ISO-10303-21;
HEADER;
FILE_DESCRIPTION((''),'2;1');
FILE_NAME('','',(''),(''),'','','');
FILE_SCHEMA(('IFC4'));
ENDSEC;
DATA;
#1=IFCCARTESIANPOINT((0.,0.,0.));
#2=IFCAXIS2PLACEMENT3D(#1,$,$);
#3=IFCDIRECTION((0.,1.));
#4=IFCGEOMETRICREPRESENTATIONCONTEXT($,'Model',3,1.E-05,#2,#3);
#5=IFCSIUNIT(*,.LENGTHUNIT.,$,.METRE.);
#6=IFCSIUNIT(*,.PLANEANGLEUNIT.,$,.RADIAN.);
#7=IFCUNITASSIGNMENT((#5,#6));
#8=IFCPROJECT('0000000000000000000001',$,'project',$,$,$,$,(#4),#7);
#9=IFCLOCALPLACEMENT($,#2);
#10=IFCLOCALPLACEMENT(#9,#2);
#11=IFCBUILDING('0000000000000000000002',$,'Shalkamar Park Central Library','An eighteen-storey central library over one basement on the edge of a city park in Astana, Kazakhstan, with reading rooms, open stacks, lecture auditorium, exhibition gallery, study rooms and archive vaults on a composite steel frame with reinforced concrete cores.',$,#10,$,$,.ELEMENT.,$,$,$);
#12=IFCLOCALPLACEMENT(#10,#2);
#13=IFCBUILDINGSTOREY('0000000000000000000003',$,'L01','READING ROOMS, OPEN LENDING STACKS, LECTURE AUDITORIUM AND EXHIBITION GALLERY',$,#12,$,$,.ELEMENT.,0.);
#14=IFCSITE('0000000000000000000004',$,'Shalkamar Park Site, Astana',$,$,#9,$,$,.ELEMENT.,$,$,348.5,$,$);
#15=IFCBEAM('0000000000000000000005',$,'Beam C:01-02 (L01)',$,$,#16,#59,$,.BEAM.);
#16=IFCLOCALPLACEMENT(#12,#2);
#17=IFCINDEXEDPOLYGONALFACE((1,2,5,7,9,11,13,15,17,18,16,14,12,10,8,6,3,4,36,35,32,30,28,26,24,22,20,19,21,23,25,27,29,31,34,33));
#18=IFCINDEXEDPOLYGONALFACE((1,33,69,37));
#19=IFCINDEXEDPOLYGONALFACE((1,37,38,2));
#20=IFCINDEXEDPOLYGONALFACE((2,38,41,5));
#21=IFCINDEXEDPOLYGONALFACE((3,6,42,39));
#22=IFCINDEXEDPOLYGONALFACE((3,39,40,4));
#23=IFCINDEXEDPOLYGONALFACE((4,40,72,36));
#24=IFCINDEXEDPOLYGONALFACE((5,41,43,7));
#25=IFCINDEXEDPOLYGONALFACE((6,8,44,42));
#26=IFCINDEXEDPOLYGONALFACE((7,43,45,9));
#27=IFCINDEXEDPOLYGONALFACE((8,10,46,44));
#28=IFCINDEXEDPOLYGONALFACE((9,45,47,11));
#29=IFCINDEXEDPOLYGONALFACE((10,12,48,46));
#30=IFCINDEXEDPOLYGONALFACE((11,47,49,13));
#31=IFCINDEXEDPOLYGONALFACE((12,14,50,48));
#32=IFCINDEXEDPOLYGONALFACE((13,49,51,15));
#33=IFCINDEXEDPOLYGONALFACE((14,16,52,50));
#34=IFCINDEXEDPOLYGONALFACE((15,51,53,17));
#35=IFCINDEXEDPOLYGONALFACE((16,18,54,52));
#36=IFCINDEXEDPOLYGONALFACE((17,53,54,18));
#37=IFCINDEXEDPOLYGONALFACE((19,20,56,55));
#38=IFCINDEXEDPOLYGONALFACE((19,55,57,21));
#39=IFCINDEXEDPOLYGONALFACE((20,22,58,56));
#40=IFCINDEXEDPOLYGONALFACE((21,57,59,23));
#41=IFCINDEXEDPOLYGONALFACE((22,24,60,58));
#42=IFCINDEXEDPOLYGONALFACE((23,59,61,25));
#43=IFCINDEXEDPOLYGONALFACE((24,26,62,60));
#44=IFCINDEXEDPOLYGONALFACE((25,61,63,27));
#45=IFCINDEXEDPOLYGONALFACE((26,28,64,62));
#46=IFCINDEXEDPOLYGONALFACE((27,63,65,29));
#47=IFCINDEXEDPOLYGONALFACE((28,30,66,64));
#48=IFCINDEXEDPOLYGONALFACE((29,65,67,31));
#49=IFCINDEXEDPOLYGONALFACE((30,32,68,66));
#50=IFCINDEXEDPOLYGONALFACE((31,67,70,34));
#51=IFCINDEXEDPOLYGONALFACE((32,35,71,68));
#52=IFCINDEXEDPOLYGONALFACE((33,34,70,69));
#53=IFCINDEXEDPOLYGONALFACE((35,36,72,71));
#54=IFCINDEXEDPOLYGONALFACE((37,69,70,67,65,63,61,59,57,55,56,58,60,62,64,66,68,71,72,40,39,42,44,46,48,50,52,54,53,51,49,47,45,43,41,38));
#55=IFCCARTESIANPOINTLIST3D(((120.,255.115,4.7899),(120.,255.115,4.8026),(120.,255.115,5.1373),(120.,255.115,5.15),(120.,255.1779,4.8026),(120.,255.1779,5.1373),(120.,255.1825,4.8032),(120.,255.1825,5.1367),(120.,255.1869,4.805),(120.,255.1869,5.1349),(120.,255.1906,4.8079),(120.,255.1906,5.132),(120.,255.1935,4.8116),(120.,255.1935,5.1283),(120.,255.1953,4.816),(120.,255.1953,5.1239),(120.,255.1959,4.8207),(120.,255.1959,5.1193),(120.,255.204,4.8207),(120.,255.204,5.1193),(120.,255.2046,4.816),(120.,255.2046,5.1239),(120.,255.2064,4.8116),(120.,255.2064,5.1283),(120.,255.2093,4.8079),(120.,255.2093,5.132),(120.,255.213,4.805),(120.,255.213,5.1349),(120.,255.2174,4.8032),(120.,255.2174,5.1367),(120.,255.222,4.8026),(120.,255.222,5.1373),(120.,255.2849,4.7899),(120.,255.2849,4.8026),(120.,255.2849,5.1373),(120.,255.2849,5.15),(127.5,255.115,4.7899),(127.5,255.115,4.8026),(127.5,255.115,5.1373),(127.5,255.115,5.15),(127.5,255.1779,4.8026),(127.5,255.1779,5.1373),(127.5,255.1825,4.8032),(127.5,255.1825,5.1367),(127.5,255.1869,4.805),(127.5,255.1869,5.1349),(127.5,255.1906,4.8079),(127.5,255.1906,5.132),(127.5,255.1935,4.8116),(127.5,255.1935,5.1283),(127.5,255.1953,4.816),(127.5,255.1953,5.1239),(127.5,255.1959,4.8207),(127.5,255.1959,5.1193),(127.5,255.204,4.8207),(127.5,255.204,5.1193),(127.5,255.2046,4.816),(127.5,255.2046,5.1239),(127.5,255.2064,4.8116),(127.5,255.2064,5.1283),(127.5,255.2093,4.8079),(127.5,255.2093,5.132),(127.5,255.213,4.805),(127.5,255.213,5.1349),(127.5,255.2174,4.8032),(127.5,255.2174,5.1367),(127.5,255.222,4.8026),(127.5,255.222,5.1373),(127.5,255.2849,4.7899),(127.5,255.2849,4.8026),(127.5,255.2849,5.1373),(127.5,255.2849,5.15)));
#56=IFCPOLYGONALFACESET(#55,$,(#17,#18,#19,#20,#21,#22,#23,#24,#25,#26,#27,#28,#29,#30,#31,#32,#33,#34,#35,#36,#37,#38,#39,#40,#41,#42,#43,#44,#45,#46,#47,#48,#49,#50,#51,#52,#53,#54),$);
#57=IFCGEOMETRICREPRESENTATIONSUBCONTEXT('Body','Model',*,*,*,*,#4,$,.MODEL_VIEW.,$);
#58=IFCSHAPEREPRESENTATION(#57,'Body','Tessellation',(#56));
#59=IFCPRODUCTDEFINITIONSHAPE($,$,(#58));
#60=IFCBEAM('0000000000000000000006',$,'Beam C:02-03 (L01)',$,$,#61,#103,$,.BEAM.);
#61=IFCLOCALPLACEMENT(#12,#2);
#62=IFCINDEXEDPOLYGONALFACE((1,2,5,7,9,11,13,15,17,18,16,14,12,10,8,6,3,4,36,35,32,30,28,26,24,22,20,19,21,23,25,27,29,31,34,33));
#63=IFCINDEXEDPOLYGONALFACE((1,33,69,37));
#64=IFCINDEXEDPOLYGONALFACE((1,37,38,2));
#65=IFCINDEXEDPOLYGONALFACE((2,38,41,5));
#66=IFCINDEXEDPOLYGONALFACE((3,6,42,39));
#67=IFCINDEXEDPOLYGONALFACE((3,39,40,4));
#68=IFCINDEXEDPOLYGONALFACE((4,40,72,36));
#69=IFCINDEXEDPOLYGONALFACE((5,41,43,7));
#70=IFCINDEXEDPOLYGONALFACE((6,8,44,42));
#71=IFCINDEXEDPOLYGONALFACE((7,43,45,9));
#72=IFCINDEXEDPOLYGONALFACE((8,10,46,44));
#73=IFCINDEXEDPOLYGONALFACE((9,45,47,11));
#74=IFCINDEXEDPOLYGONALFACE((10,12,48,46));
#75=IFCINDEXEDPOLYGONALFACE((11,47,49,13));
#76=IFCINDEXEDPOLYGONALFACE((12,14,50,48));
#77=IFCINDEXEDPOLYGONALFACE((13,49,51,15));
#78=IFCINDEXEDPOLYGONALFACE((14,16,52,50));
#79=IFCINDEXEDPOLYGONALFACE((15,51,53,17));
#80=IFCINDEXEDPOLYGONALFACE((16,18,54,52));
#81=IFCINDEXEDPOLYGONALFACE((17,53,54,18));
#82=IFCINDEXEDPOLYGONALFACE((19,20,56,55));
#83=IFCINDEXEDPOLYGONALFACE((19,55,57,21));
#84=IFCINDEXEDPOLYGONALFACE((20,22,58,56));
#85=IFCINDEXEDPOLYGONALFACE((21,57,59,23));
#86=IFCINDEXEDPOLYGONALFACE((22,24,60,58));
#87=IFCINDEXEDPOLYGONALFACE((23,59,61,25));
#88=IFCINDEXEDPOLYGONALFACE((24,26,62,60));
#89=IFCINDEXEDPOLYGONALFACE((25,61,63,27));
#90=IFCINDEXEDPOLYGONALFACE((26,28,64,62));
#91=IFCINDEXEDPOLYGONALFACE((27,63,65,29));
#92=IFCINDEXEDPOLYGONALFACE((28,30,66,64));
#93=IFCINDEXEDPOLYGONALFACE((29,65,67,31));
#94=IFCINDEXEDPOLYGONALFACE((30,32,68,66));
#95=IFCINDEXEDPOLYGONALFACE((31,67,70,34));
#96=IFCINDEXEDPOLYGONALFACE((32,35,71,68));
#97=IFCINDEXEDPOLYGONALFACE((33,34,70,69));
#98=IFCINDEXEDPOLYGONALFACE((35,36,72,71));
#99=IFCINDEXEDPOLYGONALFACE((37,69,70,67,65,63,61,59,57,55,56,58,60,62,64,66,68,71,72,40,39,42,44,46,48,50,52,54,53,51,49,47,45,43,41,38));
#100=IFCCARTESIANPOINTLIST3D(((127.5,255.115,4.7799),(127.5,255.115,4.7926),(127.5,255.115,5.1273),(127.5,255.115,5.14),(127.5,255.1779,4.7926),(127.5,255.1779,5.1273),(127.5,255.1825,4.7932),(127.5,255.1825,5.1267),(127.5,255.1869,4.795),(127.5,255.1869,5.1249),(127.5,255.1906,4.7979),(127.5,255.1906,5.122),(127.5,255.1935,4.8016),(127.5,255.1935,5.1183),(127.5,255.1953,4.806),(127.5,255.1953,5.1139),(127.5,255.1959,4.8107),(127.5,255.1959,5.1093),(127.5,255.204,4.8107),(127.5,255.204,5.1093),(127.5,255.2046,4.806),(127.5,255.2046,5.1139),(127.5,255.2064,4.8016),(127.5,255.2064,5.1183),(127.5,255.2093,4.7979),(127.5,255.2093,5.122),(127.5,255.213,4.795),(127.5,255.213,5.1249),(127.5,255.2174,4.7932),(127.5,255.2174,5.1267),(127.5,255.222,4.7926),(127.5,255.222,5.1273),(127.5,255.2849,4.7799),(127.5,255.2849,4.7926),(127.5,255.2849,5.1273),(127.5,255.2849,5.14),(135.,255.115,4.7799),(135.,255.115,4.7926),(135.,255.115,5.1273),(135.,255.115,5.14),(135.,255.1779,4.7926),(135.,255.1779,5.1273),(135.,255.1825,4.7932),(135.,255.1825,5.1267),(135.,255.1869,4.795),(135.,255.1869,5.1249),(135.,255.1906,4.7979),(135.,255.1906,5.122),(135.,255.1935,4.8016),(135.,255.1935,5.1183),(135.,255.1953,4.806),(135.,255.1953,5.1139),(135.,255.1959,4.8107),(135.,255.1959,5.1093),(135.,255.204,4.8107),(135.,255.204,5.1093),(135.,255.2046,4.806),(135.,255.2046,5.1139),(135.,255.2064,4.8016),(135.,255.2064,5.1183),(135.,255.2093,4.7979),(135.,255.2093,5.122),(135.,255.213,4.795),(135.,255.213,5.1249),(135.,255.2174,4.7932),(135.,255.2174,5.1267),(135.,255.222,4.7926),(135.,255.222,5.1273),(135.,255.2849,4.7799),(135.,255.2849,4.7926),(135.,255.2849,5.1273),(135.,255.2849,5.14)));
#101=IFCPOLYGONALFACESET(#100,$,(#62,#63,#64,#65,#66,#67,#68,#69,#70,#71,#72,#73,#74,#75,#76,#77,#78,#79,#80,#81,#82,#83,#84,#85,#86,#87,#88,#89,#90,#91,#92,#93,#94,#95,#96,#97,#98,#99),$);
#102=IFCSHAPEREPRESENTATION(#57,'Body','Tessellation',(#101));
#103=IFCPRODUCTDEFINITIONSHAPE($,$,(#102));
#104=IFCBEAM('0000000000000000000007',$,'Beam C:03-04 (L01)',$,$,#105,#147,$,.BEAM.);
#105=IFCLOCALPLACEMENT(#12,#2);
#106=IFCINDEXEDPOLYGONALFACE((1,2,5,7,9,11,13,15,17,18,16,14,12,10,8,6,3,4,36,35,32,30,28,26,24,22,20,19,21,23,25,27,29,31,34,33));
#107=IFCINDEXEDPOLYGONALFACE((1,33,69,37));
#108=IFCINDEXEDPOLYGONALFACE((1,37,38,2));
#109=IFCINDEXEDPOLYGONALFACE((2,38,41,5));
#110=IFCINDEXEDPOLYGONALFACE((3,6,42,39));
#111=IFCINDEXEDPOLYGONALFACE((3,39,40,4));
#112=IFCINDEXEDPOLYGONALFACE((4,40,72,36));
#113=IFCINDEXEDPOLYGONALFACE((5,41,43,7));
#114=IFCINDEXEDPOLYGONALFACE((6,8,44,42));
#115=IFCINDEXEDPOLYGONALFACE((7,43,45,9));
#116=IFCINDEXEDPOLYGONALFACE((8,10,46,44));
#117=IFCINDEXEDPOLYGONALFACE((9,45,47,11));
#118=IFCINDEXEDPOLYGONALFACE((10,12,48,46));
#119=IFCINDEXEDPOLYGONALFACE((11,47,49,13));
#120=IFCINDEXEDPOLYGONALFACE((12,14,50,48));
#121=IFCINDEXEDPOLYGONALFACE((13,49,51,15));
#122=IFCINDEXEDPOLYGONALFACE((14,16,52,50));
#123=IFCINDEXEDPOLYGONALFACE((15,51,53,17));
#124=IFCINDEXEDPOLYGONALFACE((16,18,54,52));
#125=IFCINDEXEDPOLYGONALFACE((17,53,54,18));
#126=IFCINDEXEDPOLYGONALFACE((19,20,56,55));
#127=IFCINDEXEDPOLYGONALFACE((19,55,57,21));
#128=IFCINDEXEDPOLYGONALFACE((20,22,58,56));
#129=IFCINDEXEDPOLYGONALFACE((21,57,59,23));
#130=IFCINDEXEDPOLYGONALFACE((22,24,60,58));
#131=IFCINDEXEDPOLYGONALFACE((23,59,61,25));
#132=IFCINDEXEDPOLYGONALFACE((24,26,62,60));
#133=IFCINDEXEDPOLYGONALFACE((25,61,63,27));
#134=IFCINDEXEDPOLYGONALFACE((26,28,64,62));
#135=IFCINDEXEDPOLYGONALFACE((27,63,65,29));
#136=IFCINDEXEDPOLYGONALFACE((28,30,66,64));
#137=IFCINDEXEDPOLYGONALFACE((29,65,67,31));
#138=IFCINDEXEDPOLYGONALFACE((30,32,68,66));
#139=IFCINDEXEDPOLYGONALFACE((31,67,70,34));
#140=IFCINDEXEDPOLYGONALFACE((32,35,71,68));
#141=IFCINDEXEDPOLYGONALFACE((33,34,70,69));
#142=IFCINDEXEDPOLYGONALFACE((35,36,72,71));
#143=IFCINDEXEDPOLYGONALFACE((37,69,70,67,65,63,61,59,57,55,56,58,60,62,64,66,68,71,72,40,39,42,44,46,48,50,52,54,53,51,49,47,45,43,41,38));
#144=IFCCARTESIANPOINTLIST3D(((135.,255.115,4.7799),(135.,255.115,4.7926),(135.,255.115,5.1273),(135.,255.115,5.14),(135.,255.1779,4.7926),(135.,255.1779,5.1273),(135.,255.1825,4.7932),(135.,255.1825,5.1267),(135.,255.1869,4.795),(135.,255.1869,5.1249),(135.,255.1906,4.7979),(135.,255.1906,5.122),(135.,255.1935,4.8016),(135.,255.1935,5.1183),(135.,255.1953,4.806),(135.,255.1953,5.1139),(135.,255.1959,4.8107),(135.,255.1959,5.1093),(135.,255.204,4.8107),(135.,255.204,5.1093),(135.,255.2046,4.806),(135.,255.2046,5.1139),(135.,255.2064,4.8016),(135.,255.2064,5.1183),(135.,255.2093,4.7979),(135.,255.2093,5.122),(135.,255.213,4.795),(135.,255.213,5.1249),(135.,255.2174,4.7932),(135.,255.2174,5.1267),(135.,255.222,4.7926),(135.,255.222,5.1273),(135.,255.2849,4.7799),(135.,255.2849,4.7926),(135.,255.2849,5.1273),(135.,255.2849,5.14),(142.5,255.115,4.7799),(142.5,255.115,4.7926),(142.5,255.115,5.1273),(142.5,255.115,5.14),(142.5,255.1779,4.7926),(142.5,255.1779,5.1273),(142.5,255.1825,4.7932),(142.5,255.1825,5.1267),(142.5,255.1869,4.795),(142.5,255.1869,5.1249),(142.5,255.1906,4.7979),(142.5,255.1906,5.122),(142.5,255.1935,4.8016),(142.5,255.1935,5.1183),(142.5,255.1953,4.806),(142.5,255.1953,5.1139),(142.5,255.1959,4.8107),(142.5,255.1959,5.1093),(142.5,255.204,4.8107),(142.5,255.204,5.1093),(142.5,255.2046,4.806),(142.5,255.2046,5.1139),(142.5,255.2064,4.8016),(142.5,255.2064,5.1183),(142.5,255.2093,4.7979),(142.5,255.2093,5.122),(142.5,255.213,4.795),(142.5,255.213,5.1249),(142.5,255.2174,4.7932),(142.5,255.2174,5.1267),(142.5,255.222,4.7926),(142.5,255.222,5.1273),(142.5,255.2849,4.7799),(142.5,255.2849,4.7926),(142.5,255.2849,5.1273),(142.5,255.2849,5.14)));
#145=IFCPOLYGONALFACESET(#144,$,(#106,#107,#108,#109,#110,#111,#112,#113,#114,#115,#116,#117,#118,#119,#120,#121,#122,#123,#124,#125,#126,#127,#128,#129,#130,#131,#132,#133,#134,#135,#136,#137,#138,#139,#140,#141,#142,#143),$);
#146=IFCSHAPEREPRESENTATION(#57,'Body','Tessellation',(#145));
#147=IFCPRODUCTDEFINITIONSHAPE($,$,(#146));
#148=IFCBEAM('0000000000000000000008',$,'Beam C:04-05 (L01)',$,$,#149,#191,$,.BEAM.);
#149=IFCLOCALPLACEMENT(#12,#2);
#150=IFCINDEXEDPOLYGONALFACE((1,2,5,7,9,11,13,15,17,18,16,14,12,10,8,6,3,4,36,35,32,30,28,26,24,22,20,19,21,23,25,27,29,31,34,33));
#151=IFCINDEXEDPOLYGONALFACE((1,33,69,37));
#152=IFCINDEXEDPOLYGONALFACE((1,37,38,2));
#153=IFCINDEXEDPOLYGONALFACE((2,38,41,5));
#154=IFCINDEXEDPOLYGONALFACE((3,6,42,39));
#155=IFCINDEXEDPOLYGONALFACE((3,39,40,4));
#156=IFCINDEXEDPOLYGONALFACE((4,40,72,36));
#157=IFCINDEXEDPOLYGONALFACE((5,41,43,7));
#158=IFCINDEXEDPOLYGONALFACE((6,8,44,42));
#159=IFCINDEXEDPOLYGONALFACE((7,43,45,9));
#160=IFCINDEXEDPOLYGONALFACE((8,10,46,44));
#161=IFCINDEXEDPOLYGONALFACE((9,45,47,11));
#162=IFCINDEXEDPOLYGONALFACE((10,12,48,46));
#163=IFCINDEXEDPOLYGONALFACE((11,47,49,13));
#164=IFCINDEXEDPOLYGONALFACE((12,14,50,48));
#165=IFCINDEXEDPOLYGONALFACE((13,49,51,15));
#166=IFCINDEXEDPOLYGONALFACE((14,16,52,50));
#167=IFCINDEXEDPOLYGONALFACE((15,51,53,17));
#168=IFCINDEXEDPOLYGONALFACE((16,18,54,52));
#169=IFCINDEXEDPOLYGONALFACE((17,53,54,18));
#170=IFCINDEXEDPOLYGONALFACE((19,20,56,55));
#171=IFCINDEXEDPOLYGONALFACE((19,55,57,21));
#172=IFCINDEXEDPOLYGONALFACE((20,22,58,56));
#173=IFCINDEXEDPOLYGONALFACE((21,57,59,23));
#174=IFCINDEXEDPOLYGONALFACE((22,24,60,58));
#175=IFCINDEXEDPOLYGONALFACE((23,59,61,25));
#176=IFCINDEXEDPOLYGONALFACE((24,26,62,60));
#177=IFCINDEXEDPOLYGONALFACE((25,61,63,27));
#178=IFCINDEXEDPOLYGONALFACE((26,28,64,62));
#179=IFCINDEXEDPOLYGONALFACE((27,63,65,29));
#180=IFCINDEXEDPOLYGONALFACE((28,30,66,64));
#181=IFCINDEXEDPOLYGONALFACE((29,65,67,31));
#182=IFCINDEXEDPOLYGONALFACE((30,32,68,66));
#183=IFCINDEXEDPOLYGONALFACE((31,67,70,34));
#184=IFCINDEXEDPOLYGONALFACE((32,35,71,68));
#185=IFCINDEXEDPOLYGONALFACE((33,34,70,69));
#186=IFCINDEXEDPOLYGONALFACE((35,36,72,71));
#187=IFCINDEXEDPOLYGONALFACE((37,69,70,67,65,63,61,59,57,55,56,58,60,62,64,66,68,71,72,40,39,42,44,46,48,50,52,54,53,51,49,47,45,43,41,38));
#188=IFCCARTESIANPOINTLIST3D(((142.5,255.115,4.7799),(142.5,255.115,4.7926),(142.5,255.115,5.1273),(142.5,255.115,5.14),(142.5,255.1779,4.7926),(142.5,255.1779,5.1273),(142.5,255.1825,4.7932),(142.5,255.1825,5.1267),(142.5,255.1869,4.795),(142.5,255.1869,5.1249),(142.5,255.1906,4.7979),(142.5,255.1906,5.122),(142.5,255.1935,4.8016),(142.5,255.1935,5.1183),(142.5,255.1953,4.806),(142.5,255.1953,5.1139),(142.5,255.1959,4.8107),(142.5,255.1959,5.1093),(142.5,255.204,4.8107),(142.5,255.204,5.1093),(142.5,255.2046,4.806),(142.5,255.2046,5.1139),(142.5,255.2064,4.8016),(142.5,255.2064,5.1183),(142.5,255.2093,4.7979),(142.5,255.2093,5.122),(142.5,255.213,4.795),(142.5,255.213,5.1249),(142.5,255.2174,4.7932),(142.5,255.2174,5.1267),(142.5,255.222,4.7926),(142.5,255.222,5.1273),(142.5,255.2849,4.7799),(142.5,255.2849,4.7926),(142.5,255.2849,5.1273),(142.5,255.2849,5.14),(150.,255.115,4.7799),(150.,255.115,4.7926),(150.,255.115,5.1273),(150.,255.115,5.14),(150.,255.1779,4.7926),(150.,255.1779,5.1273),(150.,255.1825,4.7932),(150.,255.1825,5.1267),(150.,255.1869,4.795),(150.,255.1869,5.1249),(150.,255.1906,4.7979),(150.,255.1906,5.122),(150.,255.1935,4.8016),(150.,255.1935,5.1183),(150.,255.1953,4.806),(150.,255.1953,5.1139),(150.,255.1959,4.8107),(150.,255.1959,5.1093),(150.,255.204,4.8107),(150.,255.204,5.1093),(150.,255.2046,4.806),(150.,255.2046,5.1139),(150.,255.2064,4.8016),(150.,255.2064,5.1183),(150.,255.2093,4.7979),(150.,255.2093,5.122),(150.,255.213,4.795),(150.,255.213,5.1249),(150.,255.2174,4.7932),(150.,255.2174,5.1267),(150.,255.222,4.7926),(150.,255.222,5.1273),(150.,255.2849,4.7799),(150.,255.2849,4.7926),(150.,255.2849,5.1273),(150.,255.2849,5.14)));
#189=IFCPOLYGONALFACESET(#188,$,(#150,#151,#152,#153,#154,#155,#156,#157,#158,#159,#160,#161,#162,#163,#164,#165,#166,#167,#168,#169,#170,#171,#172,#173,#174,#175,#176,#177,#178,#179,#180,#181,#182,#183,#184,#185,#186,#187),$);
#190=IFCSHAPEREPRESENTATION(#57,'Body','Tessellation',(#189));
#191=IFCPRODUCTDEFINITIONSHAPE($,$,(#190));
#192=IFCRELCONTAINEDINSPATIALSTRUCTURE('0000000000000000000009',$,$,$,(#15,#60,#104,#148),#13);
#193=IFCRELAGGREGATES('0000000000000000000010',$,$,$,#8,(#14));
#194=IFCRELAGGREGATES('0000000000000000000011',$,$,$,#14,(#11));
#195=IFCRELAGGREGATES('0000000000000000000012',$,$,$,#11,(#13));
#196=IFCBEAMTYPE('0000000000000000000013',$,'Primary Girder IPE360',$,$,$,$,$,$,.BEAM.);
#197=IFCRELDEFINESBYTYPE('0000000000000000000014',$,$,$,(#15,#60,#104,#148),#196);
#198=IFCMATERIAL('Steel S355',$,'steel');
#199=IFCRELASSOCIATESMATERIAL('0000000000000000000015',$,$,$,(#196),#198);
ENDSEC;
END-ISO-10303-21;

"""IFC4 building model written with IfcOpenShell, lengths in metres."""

from ifc_helpers import new_model, si_unit, direction, frame, origin, origin_2d, place, context, subcontext, project, spatial, i_section, extrude, material, material_profile, profile_set, type_object, element, save


model = new_model("IFC4")

# Units and contexts
model_context = context("Model", 3, precision=1e-05, world=origin(), true_north=direction((0.0, 1.0)))
body_context = subcontext(model_context, "Body", "Model", "MODEL_VIEW")
ifc_project = project(units=[si_unit("LENGTHUNIT", "METRE"), si_unit("PLANEANGLEUNIT", "RADIAN")], contexts=[model_context])

# Site, building, storey
site_placement = place(None, origin())
site = spatial("IfcSite", under=ifc_project, at=site_placement, Name="Shalkamar Park Site, Astana", CompositionType="ELEMENT", RefElevation=348.5)
building_placement = place(site_placement, origin())
building = spatial("IfcBuilding", under=site, at=building_placement, Name="Shalkamar Park Central Library", Description="An eighteen-storey central library over one basement on the edge of a city park in Astana, Kazakhstan, with reading rooms, open stacks, lecture auditorium, exhibition gallery, study rooms and archive vaults on a composite steel frame with reinforced concrete cores.", CompositionType="ELEMENT")
storey_placement = place(building_placement, origin())
storey = spatial("IfcBuildingStorey", under=building, at=storey_placement, Name="L01", Description="READING ROOMS, OPEN LENDING STACKS, LECTURE AUDITORIUM AND EXHIBITION GALLERY", CompositionType="ELEMENT", Elevation=0.0)

# Shared definitions
ifc_material_1 = material(Name="Steel S355", Category="steel")

# Beams
ifc_material_profile_1 = material_profile(ifc_material_1, i_section(OverallWidth=0.1699, OverallDepth=0.3601, WebThickness=0.0081, FlangeThickness=0.0127, FilletRadius=0.0181, at=origin_2d()), Name="IPE 360")
ifc_profile_set_1 = profile_set([ifc_material_profile_1], Name="Steel S355")
beam_type_1 = type_object("IfcBeamType", Name="Primary Girder IPE360", PredefinedType="BEAM", material=ifc_profile_set_1)
for number, where, z_axis, x_axis, name in (
    (1, (120.0, 255.2, 4.97), (1.0, 0.0, 0.0), (0.0, 1.0, 0.0), "Beam C:01-02 (L01)"),
    (2, (127.5, 255.2, 4.96), (1.0, 0.0, 0.0), (0.0, 1.0, 0.0), "Beam C:02-03 (L01)"),
    (3, (135.0, 255.2, 4.96), (1.0, 0.0, 0.0), (0.0, 1.0, 0.0), "Beam C:03-04 (L01)"),
    (4, (142.5, 255.2, 4.96), (1.0, 0.0, 0.0), (0.0, 1.0, 0.0), "Beam C:04-05 (L01)"),
):
    element("IfcBeam", number, at=place(storey_placement, frame(where, z_axis=z_axis, x_axis=x_axis)), inside=storey, type_object=beam_type_1, Name=name, PredefinedType="BEAM", context=body_context, shape_type="SweptSolid", body=[
        extrude(i_section(OverallWidth=0.1699, OverallDepth=0.3601, WebThickness=0.0081, FlangeThickness=0.0127, FilletRadius=0.0181, at=origin_2d()), origin(), (0.0, 0.0, 1.0), 7.5),
    ])

save(model, "model.ifc")
